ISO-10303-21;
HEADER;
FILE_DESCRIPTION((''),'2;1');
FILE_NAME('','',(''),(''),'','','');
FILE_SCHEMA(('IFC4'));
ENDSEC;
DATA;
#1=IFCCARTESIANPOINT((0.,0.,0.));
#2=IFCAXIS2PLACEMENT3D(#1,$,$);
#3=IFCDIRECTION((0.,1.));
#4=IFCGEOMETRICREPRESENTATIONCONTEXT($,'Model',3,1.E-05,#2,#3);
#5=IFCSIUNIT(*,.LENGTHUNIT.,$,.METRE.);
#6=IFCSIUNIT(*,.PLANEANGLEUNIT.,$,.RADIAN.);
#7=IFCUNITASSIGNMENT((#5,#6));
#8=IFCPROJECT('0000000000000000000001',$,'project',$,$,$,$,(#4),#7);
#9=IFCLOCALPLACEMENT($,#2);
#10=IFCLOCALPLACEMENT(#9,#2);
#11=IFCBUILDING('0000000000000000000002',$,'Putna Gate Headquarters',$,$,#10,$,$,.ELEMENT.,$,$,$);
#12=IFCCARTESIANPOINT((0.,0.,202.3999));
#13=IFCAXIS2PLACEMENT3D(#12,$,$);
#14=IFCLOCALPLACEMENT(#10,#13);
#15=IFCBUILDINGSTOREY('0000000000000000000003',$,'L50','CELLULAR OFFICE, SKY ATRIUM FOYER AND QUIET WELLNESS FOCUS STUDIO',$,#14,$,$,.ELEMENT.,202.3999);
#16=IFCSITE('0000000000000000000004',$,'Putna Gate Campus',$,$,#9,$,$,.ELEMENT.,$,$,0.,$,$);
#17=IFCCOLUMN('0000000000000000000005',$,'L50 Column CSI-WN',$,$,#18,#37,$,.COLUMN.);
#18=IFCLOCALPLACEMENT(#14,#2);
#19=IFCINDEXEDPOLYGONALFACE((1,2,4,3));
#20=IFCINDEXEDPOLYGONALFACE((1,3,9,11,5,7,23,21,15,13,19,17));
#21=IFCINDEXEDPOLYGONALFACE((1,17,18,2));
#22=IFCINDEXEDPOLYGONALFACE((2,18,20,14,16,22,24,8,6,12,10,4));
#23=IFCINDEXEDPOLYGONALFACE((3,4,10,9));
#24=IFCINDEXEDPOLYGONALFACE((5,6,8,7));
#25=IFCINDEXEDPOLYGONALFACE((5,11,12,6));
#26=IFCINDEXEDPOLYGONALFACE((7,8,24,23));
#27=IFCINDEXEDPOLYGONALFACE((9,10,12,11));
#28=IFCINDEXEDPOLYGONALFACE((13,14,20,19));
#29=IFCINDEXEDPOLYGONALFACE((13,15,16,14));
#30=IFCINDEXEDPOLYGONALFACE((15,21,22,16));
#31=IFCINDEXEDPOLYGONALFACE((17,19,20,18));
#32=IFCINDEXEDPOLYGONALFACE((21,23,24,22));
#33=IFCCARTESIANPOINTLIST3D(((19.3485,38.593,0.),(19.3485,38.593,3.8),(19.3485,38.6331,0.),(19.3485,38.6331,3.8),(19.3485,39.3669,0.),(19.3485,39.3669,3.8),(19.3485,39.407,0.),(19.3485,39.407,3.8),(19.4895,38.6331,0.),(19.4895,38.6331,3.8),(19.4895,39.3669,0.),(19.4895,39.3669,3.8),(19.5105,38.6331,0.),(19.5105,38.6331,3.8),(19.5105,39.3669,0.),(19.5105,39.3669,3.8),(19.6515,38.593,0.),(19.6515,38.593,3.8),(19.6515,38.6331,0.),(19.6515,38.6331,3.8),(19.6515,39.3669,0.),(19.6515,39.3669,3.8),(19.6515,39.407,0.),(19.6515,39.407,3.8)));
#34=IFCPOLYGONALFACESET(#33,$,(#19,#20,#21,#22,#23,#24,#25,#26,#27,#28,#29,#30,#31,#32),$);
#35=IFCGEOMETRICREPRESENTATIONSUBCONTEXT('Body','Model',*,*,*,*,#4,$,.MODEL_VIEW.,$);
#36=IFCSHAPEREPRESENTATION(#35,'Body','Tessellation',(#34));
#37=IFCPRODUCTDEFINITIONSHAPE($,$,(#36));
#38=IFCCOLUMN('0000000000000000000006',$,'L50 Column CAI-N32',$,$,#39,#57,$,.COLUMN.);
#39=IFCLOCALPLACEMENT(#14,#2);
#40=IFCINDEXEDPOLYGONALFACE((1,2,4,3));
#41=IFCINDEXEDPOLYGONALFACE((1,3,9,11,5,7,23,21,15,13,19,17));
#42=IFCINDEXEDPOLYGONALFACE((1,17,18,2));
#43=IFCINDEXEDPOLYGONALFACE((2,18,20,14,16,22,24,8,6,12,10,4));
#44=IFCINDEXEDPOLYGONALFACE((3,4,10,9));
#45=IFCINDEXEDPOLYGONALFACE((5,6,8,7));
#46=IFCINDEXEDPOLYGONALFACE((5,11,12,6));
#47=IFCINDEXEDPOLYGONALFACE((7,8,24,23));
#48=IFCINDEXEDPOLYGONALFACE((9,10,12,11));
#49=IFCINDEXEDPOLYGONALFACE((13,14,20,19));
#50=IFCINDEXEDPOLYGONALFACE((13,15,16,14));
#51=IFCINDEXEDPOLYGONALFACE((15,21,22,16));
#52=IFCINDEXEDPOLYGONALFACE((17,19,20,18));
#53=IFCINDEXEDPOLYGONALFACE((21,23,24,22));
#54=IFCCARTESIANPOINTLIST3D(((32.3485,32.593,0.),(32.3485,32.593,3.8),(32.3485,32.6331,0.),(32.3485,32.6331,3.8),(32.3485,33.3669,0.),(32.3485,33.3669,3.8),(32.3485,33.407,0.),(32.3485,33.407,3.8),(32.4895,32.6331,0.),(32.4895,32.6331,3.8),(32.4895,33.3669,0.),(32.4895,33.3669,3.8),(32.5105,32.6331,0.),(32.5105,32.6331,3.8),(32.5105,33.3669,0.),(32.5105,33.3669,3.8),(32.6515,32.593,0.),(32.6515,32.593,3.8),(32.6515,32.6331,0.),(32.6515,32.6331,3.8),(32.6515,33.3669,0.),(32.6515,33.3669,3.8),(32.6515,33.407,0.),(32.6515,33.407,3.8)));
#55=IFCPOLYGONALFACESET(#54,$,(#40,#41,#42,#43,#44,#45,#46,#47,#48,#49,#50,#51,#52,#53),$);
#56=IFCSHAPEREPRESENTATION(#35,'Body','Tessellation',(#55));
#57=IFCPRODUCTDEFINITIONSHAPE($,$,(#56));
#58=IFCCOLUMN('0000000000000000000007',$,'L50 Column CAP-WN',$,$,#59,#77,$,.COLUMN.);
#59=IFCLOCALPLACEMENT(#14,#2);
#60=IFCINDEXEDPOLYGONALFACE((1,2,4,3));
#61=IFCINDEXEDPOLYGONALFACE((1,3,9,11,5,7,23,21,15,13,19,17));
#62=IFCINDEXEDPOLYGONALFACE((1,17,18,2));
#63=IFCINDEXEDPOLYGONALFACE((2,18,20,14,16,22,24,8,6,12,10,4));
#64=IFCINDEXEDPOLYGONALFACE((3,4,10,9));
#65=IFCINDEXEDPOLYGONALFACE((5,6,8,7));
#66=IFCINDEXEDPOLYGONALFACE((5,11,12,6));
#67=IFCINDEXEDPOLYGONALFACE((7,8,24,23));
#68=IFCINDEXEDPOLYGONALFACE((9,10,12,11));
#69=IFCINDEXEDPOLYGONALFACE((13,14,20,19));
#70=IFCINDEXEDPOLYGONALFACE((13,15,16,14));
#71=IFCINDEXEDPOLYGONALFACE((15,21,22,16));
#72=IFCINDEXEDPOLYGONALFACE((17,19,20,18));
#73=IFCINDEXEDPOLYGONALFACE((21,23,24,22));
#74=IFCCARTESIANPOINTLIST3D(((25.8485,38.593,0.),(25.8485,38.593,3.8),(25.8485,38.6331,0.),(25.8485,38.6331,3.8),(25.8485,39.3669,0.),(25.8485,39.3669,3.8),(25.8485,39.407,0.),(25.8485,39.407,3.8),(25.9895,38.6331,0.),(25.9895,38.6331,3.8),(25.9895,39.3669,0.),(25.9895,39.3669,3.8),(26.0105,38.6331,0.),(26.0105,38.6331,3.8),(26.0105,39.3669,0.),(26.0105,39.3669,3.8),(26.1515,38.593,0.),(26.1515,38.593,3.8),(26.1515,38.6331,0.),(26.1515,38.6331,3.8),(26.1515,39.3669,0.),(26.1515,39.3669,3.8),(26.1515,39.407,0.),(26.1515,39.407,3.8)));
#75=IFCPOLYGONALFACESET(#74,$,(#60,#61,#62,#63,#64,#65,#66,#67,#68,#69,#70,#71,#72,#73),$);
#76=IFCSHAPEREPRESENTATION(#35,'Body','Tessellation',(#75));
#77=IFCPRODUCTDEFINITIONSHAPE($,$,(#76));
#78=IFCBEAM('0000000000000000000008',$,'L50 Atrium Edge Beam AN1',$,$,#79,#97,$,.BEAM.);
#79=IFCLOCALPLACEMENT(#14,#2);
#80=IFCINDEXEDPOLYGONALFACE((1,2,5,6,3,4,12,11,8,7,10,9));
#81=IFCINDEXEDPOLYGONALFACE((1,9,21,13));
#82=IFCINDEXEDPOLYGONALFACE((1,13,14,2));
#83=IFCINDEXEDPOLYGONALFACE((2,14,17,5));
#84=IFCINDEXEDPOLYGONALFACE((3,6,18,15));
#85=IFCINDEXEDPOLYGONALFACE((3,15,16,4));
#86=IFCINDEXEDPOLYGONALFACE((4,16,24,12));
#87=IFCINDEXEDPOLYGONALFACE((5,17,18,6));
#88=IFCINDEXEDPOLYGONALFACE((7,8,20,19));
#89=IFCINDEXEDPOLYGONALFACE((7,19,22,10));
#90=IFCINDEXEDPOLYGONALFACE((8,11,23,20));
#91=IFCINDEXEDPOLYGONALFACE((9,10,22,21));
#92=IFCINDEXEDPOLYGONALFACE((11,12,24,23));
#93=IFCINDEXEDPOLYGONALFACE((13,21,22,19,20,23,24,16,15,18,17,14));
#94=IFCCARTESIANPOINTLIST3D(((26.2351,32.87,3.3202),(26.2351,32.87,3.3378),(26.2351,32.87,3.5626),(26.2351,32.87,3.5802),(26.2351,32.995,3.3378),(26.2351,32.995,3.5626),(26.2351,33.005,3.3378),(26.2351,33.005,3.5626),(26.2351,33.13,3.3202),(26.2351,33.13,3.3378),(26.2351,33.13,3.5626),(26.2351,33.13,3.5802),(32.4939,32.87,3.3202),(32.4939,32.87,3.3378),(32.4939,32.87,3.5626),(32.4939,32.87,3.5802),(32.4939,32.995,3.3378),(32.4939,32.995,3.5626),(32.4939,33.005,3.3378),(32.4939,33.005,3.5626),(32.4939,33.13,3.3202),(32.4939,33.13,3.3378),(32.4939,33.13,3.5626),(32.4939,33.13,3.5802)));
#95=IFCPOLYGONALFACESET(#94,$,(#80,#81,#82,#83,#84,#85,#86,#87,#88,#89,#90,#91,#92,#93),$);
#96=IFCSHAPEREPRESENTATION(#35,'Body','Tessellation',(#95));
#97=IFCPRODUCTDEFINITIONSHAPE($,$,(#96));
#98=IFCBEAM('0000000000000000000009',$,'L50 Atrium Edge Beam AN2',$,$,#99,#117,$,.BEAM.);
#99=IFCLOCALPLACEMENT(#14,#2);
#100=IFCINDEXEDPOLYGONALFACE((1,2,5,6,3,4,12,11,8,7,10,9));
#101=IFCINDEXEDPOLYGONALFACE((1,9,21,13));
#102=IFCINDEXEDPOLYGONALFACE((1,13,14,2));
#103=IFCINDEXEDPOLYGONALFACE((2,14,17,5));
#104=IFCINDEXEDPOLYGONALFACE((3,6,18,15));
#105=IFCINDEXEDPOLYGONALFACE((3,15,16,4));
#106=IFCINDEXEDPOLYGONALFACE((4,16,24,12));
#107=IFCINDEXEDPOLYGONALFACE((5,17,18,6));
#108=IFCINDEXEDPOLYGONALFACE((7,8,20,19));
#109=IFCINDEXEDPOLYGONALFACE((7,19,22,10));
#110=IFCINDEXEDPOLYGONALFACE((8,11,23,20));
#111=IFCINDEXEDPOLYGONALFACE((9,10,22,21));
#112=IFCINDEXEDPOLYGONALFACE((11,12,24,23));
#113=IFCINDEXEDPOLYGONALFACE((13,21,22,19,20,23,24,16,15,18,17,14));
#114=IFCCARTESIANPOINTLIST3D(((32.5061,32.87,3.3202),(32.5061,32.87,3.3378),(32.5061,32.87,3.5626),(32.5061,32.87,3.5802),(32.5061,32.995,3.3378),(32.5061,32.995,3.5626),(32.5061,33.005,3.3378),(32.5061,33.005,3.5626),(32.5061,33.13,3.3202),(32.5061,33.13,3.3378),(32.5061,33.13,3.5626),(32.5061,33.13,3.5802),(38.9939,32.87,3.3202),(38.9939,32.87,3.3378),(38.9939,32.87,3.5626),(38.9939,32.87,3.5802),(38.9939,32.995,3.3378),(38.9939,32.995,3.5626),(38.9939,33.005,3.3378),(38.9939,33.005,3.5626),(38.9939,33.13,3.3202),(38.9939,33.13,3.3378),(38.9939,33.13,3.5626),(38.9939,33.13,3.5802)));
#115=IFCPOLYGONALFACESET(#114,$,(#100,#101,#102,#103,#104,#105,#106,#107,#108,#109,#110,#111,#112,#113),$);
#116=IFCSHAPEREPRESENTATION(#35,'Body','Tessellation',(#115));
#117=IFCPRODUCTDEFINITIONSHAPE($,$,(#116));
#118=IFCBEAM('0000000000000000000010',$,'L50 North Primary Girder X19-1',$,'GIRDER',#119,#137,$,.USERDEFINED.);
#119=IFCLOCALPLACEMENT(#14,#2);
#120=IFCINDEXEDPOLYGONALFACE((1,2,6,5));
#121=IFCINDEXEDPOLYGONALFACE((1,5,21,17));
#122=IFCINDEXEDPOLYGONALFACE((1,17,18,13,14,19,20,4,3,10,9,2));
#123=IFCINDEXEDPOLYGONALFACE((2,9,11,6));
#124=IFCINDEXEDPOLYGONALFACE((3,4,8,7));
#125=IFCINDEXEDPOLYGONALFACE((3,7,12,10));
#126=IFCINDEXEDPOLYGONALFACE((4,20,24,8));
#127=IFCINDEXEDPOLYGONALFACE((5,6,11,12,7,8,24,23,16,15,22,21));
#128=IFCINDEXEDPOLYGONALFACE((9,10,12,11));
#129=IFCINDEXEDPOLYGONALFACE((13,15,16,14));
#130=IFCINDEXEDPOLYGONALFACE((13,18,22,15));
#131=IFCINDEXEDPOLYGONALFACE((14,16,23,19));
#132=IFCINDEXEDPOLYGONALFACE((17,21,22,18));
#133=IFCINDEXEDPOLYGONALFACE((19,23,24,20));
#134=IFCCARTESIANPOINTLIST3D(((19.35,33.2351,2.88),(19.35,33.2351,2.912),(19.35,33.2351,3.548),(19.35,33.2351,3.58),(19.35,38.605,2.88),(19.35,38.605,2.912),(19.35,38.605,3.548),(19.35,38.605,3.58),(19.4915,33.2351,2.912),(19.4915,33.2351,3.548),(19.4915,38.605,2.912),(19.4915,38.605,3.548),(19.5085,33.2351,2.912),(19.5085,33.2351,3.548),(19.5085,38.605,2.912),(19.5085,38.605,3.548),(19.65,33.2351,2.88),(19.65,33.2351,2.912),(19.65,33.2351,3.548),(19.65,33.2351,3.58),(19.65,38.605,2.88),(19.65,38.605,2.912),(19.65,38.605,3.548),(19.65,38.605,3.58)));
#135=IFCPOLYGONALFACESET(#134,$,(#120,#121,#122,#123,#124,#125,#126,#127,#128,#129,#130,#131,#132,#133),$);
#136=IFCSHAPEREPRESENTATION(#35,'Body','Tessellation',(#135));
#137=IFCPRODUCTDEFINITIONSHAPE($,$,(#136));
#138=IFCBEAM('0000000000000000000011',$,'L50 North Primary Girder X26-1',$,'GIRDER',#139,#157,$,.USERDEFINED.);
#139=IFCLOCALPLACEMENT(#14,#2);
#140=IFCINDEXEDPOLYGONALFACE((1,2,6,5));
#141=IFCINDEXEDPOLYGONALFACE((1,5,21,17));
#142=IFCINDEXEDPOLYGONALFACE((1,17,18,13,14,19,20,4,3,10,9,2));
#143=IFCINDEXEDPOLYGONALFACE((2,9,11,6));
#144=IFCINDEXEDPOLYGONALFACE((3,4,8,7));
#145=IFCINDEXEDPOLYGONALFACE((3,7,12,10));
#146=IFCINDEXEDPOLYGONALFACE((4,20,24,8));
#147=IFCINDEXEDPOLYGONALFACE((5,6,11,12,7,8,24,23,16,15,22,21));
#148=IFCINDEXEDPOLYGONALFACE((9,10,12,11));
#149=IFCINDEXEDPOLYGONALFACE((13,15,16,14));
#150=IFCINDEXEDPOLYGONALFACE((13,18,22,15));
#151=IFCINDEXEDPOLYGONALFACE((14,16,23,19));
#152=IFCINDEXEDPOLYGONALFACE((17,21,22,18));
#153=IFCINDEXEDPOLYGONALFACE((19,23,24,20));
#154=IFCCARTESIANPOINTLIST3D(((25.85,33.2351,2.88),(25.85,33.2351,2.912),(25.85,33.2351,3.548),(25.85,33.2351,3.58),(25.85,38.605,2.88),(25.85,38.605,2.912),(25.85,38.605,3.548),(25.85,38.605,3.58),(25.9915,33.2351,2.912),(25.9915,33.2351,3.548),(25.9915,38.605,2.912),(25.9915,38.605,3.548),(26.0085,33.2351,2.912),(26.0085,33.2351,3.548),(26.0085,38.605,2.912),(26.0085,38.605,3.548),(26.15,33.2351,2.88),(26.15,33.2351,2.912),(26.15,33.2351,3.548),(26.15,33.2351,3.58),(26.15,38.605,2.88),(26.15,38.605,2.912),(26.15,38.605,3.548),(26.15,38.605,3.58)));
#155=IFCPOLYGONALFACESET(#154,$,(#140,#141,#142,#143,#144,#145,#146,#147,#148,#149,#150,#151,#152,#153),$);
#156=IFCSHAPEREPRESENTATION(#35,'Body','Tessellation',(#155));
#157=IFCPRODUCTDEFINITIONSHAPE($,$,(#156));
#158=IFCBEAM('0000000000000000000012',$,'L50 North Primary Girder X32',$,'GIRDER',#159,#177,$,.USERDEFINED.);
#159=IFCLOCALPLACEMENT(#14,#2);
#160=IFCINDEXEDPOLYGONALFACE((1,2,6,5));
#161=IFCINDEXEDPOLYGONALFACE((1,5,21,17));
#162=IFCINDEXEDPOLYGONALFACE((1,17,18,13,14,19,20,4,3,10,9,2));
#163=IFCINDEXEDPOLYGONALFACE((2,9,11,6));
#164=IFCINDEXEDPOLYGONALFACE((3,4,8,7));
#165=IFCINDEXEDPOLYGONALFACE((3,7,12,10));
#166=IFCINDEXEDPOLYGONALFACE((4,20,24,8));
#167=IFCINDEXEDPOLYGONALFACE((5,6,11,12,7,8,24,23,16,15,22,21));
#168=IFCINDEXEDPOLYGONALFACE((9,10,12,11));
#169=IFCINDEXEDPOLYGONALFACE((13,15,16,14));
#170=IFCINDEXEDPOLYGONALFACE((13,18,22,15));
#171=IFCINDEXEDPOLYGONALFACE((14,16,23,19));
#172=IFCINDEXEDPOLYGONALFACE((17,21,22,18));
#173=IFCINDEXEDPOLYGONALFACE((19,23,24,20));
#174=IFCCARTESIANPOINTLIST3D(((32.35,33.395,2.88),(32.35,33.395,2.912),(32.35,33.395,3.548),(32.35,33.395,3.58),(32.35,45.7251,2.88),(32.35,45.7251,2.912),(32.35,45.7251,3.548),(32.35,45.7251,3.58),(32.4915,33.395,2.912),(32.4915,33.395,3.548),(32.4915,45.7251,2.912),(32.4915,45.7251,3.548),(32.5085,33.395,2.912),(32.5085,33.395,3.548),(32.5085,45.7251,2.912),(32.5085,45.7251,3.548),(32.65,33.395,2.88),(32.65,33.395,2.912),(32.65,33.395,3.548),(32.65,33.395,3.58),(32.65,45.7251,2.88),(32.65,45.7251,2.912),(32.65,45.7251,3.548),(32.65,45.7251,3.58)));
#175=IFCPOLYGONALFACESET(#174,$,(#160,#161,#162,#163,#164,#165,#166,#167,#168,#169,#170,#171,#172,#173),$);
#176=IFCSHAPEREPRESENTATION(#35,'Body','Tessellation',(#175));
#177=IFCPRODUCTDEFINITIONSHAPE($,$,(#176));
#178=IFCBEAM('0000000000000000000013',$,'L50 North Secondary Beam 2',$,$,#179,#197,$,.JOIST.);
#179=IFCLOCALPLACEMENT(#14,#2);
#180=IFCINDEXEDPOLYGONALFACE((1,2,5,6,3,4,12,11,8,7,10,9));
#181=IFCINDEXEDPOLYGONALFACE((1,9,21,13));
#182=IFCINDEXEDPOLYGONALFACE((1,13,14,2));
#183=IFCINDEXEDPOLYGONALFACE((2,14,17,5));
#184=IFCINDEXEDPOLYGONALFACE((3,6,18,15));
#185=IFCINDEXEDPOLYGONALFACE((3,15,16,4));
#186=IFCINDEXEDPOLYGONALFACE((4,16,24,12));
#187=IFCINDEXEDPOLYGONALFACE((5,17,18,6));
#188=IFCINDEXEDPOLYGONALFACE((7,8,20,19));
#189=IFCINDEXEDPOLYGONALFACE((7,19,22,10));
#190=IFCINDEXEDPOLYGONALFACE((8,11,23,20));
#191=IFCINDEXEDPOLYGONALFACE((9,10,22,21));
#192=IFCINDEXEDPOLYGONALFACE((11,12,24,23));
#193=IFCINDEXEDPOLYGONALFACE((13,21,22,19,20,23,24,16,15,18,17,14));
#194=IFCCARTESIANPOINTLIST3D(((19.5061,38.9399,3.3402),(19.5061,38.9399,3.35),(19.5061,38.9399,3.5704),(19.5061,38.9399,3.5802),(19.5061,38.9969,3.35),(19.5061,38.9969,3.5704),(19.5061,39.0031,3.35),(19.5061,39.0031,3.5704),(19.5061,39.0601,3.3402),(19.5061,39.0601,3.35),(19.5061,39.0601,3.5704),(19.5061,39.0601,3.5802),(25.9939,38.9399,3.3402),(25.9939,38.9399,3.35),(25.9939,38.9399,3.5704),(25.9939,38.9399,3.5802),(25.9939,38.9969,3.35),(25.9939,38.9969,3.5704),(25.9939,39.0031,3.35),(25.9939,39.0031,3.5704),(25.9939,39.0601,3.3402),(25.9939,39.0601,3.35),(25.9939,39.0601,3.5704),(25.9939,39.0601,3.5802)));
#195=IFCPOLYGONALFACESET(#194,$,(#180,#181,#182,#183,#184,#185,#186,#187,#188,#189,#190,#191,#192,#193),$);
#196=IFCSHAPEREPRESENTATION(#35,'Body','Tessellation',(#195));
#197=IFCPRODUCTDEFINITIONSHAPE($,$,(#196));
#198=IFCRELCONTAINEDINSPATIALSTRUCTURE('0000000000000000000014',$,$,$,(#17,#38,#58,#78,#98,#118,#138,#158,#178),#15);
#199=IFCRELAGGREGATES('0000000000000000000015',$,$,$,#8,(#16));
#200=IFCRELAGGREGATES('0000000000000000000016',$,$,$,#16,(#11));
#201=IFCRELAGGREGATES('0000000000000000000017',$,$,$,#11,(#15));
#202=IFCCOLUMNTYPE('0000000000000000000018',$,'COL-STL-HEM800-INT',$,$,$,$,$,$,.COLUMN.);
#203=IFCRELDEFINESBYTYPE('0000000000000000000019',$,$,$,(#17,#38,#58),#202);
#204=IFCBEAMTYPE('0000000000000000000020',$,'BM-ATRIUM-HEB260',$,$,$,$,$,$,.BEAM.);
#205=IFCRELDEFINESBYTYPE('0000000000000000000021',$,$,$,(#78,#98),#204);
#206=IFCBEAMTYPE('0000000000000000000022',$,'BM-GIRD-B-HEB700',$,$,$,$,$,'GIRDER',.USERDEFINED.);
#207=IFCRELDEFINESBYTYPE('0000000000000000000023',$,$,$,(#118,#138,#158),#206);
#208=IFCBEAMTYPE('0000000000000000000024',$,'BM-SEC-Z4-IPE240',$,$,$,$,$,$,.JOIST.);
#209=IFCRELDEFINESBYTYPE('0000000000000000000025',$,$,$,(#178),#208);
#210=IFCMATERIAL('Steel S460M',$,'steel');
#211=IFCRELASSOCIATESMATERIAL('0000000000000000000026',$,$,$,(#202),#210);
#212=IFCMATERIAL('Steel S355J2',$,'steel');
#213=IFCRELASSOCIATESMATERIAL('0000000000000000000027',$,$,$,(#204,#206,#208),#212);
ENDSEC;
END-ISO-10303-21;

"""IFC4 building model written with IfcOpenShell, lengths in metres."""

from ifc_helpers import new_model, si_unit, direction, frame, origin, origin_2d, place, context, subcontext, project, spatial, i_section, extrude, material, material_profile, profile_set, type_object, element, save


model = new_model("IFC4")

# Units and contexts
model_context = context("Model", 3, precision=1e-05, world=origin(), true_north=direction((0.0, 1.0)))
body_context = subcontext(model_context, "Body", "Model", "MODEL_VIEW")
ifc_project = project(units=[si_unit("LENGTHUNIT", "METRE"), si_unit("PLANEANGLEUNIT", "RADIAN")], contexts=[model_context])

# Site, building, storey
site_placement = place(None, origin())
site = spatial("IfcSite", under=ifc_project, at=site_placement, Name="Putna Gate Campus", CompositionType="ELEMENT", RefElevation=0.0)
building_placement = place(site_placement, origin())
building = spatial("IfcBuilding", under=site, at=building_placement, Name="Putna Gate Headquarters", CompositionType="ELEMENT")
storey_placement = place(building_placement, frame((0.0, 0.0, 202.3999)))
storey = spatial("IfcBuildingStorey", under=building, at=storey_placement, Name="L50", Description="CELLULAR OFFICE, SKY ATRIUM FOYER AND QUIET WELLNESS FOCUS STUDIO", CompositionType="ELEMENT", Elevation=202.3999)

# Columns
ifc_material_1 = material(Name="Steel S460M", Category="steel")
ifc_material_profile_1 = material_profile(ifc_material_1, i_section(OverallWidth=0.303, OverallDepth=0.814, WebThickness=0.021, FlangeThickness=0.04, at=origin_2d()), Name="Steel S460M")
ifc_profile_set_1 = profile_set([ifc_material_profile_1], Name="Steel S460M")
column_type = type_object("IfcColumnType", Name="COL-STL-HEM800-INT", PredefinedType="COLUMN", material=ifc_profile_set_1)
for number, where, z_axis, x_axis, name in (
    (1, (19.5, 39.0, 0.0), (0.0, 0.0, 1.0), (1.0, 0.0, 0.0), "L50 Column CSI-WN"),
    (2, (32.5, 33.0, 0.0), (0.0, 0.0, 1.0), (1.0, 0.0, 0.0), "L50 Column CAI-N32"),
    (3, (26.0, 39.0, 0.0), (0.0, 0.0, 1.0), (1.0, 0.0, 0.0), "L50 Column CAP-WN"),
):
    element("IfcColumn", number, at=place(storey_placement, frame(where, z_axis=z_axis, x_axis=x_axis)), inside=storey, type_object=column_type, Name=name, PredefinedType="COLUMN", context=body_context, shape_type="SweptSolid", body=[
        extrude(i_section(OverallWidth=0.303, OverallDepth=0.814, WebThickness=0.021, FlangeThickness=0.04, at=origin_2d()), origin(), (0.0, 0.0, 1.0), 3.8),
    ])

# Beams
ifc_material_2 = material(Name="Steel S355J2", Category="steel")
ifc_material_profile_2 = material_profile(ifc_material_2, i_section(OverallWidth=0.26, OverallDepth=0.26, WebThickness=0.01, FlangeThickness=0.0176, at=origin_2d()), Name="Steel S355J2")
ifc_profile_set_2 = profile_set([ifc_material_profile_2], Name="Steel S355J2")
beam_type_1 = type_object("IfcBeamType", Name="BM-ATRIUM-HEB260", PredefinedType="BEAM", material=ifc_profile_set_2)
beam_1_placement = place(storey_placement, frame((26.2351, 33.0, 3.4502), z_axis=(1.0, 0.0, 0.0), x_axis=(0.0, 1.0, 0.0)))
element("IfcBeam", 4, at=beam_1_placement, inside=storey, type_object=beam_type_1, Name="L50 Atrium Edge Beam AN1", PredefinedType="BEAM", context=body_context, shape_type="SweptSolid", body=[
    extrude(i_section(OverallWidth=0.26, OverallDepth=0.26, WebThickness=0.01, FlangeThickness=0.0176, at=origin_2d()), origin(), (0.0, 0.0, 1.0), 6.2588),
])
beam_2_placement = place(storey_placement, frame((32.5061, 33.0, 3.4502), z_axis=(1.0, 0.0, 0.0), x_axis=(0.0, 1.0, 0.0)))
element("IfcBeam", 5, at=beam_2_placement, inside=storey, type_object=beam_type_1, Name="L50 Atrium Edge Beam AN2", PredefinedType="BEAM", context=body_context, shape_type="SweptSolid", body=[
    extrude(i_section(OverallWidth=0.26, OverallDepth=0.26, WebThickness=0.01, FlangeThickness=0.0176, at=origin_2d()), origin(), (0.0, 0.0, 1.0), 6.4878),
])
ifc_material_profile_3 = material_profile(ifc_material_2, i_section(OverallWidth=0.3, OverallDepth=0.7, WebThickness=0.0171, FlangeThickness=0.032, at=origin_2d()), Name="Steel S355J2")
ifc_profile_set_3 = profile_set([ifc_material_profile_3], Name="Steel S355J2")
beam_type_2 = type_object("IfcBeamType", Name="BM-GIRD-B-HEB700", ElementType="GIRDER", PredefinedType="USERDEFINED", material=ifc_profile_set_3)
for number, where, z_axis, x_axis, name in (
    (6, (19.5, 33.2351, 3.23), (0.0, 1.0, 0.0), (-1.0, 0.0, 0.0), "L50 North Primary Girder X19-1"),
    (7, (26.0, 33.2351, 3.23), (0.0, 1.0, 0.0), (-1.0, 0.0, 0.0), "L50 North Primary Girder X26-1"),
):
    element("IfcBeam", number, at=place(storey_placement, frame(where, z_axis=z_axis, x_axis=x_axis)), inside=storey, type_object=beam_type_2, Name=name, ObjectType="GIRDER", PredefinedType="USERDEFINED", context=body_context, shape_type="SweptSolid", body=[
        extrude(i_section(OverallWidth=0.3, OverallDepth=0.7, WebThickness=0.0171, FlangeThickness=0.032, at=origin_2d()), origin(), (0.0, 0.0, 1.0), 5.3699),
    ])
beam_3_placement = place(storey_placement, frame((32.5, 33.395, 3.23), z_axis=(0.0, 1.0, 0.0), x_axis=(-1.0, 0.0, 0.0)))
element("IfcBeam", 8, at=beam_3_placement, inside=storey, type_object=beam_type_2, Name="L50 North Primary Girder X32", ObjectType="GIRDER", PredefinedType="USERDEFINED", context=body_context, shape_type="SweptSolid", body=[
    extrude(i_section(OverallWidth=0.3, OverallDepth=0.7, WebThickness=0.0171, FlangeThickness=0.032, at=origin_2d()), origin(), (0.0, 0.0, 1.0), 12.3301),
])
ifc_material_profile_4 = material_profile(ifc_material_2, i_section(OverallWidth=0.1201, OverallDepth=0.24, WebThickness=0.0061, FlangeThickness=0.0098, at=origin_2d()), Name="Steel S355J2")
ifc_profile_set_4 = profile_set([ifc_material_profile_4], Name="Steel S355J2")
beam_type_3 = type_object("IfcBeamType", Name="BM-SEC-Z4-IPE240", PredefinedType="JOIST", material=ifc_profile_set_4)
beam_4_placement = place(storey_placement, frame((19.5061, 39.0, 3.4602), z_axis=(1.0, 0.0, 0.0), x_axis=(0.0, 1.0, 0.0)))
element("IfcBeam", 9, at=beam_4_placement, inside=storey, type_object=beam_type_3, Name="L50 North Secondary Beam 2", PredefinedType="JOIST", context=body_context, shape_type="SweptSolid", body=[
    extrude(i_section(OverallWidth=0.1201, OverallDepth=0.24, WebThickness=0.0061, FlangeThickness=0.0098, at=origin_2d()), origin(), (0.0, 0.0, 1.0), 6.4878),
])

save(model, "model.ifc")
